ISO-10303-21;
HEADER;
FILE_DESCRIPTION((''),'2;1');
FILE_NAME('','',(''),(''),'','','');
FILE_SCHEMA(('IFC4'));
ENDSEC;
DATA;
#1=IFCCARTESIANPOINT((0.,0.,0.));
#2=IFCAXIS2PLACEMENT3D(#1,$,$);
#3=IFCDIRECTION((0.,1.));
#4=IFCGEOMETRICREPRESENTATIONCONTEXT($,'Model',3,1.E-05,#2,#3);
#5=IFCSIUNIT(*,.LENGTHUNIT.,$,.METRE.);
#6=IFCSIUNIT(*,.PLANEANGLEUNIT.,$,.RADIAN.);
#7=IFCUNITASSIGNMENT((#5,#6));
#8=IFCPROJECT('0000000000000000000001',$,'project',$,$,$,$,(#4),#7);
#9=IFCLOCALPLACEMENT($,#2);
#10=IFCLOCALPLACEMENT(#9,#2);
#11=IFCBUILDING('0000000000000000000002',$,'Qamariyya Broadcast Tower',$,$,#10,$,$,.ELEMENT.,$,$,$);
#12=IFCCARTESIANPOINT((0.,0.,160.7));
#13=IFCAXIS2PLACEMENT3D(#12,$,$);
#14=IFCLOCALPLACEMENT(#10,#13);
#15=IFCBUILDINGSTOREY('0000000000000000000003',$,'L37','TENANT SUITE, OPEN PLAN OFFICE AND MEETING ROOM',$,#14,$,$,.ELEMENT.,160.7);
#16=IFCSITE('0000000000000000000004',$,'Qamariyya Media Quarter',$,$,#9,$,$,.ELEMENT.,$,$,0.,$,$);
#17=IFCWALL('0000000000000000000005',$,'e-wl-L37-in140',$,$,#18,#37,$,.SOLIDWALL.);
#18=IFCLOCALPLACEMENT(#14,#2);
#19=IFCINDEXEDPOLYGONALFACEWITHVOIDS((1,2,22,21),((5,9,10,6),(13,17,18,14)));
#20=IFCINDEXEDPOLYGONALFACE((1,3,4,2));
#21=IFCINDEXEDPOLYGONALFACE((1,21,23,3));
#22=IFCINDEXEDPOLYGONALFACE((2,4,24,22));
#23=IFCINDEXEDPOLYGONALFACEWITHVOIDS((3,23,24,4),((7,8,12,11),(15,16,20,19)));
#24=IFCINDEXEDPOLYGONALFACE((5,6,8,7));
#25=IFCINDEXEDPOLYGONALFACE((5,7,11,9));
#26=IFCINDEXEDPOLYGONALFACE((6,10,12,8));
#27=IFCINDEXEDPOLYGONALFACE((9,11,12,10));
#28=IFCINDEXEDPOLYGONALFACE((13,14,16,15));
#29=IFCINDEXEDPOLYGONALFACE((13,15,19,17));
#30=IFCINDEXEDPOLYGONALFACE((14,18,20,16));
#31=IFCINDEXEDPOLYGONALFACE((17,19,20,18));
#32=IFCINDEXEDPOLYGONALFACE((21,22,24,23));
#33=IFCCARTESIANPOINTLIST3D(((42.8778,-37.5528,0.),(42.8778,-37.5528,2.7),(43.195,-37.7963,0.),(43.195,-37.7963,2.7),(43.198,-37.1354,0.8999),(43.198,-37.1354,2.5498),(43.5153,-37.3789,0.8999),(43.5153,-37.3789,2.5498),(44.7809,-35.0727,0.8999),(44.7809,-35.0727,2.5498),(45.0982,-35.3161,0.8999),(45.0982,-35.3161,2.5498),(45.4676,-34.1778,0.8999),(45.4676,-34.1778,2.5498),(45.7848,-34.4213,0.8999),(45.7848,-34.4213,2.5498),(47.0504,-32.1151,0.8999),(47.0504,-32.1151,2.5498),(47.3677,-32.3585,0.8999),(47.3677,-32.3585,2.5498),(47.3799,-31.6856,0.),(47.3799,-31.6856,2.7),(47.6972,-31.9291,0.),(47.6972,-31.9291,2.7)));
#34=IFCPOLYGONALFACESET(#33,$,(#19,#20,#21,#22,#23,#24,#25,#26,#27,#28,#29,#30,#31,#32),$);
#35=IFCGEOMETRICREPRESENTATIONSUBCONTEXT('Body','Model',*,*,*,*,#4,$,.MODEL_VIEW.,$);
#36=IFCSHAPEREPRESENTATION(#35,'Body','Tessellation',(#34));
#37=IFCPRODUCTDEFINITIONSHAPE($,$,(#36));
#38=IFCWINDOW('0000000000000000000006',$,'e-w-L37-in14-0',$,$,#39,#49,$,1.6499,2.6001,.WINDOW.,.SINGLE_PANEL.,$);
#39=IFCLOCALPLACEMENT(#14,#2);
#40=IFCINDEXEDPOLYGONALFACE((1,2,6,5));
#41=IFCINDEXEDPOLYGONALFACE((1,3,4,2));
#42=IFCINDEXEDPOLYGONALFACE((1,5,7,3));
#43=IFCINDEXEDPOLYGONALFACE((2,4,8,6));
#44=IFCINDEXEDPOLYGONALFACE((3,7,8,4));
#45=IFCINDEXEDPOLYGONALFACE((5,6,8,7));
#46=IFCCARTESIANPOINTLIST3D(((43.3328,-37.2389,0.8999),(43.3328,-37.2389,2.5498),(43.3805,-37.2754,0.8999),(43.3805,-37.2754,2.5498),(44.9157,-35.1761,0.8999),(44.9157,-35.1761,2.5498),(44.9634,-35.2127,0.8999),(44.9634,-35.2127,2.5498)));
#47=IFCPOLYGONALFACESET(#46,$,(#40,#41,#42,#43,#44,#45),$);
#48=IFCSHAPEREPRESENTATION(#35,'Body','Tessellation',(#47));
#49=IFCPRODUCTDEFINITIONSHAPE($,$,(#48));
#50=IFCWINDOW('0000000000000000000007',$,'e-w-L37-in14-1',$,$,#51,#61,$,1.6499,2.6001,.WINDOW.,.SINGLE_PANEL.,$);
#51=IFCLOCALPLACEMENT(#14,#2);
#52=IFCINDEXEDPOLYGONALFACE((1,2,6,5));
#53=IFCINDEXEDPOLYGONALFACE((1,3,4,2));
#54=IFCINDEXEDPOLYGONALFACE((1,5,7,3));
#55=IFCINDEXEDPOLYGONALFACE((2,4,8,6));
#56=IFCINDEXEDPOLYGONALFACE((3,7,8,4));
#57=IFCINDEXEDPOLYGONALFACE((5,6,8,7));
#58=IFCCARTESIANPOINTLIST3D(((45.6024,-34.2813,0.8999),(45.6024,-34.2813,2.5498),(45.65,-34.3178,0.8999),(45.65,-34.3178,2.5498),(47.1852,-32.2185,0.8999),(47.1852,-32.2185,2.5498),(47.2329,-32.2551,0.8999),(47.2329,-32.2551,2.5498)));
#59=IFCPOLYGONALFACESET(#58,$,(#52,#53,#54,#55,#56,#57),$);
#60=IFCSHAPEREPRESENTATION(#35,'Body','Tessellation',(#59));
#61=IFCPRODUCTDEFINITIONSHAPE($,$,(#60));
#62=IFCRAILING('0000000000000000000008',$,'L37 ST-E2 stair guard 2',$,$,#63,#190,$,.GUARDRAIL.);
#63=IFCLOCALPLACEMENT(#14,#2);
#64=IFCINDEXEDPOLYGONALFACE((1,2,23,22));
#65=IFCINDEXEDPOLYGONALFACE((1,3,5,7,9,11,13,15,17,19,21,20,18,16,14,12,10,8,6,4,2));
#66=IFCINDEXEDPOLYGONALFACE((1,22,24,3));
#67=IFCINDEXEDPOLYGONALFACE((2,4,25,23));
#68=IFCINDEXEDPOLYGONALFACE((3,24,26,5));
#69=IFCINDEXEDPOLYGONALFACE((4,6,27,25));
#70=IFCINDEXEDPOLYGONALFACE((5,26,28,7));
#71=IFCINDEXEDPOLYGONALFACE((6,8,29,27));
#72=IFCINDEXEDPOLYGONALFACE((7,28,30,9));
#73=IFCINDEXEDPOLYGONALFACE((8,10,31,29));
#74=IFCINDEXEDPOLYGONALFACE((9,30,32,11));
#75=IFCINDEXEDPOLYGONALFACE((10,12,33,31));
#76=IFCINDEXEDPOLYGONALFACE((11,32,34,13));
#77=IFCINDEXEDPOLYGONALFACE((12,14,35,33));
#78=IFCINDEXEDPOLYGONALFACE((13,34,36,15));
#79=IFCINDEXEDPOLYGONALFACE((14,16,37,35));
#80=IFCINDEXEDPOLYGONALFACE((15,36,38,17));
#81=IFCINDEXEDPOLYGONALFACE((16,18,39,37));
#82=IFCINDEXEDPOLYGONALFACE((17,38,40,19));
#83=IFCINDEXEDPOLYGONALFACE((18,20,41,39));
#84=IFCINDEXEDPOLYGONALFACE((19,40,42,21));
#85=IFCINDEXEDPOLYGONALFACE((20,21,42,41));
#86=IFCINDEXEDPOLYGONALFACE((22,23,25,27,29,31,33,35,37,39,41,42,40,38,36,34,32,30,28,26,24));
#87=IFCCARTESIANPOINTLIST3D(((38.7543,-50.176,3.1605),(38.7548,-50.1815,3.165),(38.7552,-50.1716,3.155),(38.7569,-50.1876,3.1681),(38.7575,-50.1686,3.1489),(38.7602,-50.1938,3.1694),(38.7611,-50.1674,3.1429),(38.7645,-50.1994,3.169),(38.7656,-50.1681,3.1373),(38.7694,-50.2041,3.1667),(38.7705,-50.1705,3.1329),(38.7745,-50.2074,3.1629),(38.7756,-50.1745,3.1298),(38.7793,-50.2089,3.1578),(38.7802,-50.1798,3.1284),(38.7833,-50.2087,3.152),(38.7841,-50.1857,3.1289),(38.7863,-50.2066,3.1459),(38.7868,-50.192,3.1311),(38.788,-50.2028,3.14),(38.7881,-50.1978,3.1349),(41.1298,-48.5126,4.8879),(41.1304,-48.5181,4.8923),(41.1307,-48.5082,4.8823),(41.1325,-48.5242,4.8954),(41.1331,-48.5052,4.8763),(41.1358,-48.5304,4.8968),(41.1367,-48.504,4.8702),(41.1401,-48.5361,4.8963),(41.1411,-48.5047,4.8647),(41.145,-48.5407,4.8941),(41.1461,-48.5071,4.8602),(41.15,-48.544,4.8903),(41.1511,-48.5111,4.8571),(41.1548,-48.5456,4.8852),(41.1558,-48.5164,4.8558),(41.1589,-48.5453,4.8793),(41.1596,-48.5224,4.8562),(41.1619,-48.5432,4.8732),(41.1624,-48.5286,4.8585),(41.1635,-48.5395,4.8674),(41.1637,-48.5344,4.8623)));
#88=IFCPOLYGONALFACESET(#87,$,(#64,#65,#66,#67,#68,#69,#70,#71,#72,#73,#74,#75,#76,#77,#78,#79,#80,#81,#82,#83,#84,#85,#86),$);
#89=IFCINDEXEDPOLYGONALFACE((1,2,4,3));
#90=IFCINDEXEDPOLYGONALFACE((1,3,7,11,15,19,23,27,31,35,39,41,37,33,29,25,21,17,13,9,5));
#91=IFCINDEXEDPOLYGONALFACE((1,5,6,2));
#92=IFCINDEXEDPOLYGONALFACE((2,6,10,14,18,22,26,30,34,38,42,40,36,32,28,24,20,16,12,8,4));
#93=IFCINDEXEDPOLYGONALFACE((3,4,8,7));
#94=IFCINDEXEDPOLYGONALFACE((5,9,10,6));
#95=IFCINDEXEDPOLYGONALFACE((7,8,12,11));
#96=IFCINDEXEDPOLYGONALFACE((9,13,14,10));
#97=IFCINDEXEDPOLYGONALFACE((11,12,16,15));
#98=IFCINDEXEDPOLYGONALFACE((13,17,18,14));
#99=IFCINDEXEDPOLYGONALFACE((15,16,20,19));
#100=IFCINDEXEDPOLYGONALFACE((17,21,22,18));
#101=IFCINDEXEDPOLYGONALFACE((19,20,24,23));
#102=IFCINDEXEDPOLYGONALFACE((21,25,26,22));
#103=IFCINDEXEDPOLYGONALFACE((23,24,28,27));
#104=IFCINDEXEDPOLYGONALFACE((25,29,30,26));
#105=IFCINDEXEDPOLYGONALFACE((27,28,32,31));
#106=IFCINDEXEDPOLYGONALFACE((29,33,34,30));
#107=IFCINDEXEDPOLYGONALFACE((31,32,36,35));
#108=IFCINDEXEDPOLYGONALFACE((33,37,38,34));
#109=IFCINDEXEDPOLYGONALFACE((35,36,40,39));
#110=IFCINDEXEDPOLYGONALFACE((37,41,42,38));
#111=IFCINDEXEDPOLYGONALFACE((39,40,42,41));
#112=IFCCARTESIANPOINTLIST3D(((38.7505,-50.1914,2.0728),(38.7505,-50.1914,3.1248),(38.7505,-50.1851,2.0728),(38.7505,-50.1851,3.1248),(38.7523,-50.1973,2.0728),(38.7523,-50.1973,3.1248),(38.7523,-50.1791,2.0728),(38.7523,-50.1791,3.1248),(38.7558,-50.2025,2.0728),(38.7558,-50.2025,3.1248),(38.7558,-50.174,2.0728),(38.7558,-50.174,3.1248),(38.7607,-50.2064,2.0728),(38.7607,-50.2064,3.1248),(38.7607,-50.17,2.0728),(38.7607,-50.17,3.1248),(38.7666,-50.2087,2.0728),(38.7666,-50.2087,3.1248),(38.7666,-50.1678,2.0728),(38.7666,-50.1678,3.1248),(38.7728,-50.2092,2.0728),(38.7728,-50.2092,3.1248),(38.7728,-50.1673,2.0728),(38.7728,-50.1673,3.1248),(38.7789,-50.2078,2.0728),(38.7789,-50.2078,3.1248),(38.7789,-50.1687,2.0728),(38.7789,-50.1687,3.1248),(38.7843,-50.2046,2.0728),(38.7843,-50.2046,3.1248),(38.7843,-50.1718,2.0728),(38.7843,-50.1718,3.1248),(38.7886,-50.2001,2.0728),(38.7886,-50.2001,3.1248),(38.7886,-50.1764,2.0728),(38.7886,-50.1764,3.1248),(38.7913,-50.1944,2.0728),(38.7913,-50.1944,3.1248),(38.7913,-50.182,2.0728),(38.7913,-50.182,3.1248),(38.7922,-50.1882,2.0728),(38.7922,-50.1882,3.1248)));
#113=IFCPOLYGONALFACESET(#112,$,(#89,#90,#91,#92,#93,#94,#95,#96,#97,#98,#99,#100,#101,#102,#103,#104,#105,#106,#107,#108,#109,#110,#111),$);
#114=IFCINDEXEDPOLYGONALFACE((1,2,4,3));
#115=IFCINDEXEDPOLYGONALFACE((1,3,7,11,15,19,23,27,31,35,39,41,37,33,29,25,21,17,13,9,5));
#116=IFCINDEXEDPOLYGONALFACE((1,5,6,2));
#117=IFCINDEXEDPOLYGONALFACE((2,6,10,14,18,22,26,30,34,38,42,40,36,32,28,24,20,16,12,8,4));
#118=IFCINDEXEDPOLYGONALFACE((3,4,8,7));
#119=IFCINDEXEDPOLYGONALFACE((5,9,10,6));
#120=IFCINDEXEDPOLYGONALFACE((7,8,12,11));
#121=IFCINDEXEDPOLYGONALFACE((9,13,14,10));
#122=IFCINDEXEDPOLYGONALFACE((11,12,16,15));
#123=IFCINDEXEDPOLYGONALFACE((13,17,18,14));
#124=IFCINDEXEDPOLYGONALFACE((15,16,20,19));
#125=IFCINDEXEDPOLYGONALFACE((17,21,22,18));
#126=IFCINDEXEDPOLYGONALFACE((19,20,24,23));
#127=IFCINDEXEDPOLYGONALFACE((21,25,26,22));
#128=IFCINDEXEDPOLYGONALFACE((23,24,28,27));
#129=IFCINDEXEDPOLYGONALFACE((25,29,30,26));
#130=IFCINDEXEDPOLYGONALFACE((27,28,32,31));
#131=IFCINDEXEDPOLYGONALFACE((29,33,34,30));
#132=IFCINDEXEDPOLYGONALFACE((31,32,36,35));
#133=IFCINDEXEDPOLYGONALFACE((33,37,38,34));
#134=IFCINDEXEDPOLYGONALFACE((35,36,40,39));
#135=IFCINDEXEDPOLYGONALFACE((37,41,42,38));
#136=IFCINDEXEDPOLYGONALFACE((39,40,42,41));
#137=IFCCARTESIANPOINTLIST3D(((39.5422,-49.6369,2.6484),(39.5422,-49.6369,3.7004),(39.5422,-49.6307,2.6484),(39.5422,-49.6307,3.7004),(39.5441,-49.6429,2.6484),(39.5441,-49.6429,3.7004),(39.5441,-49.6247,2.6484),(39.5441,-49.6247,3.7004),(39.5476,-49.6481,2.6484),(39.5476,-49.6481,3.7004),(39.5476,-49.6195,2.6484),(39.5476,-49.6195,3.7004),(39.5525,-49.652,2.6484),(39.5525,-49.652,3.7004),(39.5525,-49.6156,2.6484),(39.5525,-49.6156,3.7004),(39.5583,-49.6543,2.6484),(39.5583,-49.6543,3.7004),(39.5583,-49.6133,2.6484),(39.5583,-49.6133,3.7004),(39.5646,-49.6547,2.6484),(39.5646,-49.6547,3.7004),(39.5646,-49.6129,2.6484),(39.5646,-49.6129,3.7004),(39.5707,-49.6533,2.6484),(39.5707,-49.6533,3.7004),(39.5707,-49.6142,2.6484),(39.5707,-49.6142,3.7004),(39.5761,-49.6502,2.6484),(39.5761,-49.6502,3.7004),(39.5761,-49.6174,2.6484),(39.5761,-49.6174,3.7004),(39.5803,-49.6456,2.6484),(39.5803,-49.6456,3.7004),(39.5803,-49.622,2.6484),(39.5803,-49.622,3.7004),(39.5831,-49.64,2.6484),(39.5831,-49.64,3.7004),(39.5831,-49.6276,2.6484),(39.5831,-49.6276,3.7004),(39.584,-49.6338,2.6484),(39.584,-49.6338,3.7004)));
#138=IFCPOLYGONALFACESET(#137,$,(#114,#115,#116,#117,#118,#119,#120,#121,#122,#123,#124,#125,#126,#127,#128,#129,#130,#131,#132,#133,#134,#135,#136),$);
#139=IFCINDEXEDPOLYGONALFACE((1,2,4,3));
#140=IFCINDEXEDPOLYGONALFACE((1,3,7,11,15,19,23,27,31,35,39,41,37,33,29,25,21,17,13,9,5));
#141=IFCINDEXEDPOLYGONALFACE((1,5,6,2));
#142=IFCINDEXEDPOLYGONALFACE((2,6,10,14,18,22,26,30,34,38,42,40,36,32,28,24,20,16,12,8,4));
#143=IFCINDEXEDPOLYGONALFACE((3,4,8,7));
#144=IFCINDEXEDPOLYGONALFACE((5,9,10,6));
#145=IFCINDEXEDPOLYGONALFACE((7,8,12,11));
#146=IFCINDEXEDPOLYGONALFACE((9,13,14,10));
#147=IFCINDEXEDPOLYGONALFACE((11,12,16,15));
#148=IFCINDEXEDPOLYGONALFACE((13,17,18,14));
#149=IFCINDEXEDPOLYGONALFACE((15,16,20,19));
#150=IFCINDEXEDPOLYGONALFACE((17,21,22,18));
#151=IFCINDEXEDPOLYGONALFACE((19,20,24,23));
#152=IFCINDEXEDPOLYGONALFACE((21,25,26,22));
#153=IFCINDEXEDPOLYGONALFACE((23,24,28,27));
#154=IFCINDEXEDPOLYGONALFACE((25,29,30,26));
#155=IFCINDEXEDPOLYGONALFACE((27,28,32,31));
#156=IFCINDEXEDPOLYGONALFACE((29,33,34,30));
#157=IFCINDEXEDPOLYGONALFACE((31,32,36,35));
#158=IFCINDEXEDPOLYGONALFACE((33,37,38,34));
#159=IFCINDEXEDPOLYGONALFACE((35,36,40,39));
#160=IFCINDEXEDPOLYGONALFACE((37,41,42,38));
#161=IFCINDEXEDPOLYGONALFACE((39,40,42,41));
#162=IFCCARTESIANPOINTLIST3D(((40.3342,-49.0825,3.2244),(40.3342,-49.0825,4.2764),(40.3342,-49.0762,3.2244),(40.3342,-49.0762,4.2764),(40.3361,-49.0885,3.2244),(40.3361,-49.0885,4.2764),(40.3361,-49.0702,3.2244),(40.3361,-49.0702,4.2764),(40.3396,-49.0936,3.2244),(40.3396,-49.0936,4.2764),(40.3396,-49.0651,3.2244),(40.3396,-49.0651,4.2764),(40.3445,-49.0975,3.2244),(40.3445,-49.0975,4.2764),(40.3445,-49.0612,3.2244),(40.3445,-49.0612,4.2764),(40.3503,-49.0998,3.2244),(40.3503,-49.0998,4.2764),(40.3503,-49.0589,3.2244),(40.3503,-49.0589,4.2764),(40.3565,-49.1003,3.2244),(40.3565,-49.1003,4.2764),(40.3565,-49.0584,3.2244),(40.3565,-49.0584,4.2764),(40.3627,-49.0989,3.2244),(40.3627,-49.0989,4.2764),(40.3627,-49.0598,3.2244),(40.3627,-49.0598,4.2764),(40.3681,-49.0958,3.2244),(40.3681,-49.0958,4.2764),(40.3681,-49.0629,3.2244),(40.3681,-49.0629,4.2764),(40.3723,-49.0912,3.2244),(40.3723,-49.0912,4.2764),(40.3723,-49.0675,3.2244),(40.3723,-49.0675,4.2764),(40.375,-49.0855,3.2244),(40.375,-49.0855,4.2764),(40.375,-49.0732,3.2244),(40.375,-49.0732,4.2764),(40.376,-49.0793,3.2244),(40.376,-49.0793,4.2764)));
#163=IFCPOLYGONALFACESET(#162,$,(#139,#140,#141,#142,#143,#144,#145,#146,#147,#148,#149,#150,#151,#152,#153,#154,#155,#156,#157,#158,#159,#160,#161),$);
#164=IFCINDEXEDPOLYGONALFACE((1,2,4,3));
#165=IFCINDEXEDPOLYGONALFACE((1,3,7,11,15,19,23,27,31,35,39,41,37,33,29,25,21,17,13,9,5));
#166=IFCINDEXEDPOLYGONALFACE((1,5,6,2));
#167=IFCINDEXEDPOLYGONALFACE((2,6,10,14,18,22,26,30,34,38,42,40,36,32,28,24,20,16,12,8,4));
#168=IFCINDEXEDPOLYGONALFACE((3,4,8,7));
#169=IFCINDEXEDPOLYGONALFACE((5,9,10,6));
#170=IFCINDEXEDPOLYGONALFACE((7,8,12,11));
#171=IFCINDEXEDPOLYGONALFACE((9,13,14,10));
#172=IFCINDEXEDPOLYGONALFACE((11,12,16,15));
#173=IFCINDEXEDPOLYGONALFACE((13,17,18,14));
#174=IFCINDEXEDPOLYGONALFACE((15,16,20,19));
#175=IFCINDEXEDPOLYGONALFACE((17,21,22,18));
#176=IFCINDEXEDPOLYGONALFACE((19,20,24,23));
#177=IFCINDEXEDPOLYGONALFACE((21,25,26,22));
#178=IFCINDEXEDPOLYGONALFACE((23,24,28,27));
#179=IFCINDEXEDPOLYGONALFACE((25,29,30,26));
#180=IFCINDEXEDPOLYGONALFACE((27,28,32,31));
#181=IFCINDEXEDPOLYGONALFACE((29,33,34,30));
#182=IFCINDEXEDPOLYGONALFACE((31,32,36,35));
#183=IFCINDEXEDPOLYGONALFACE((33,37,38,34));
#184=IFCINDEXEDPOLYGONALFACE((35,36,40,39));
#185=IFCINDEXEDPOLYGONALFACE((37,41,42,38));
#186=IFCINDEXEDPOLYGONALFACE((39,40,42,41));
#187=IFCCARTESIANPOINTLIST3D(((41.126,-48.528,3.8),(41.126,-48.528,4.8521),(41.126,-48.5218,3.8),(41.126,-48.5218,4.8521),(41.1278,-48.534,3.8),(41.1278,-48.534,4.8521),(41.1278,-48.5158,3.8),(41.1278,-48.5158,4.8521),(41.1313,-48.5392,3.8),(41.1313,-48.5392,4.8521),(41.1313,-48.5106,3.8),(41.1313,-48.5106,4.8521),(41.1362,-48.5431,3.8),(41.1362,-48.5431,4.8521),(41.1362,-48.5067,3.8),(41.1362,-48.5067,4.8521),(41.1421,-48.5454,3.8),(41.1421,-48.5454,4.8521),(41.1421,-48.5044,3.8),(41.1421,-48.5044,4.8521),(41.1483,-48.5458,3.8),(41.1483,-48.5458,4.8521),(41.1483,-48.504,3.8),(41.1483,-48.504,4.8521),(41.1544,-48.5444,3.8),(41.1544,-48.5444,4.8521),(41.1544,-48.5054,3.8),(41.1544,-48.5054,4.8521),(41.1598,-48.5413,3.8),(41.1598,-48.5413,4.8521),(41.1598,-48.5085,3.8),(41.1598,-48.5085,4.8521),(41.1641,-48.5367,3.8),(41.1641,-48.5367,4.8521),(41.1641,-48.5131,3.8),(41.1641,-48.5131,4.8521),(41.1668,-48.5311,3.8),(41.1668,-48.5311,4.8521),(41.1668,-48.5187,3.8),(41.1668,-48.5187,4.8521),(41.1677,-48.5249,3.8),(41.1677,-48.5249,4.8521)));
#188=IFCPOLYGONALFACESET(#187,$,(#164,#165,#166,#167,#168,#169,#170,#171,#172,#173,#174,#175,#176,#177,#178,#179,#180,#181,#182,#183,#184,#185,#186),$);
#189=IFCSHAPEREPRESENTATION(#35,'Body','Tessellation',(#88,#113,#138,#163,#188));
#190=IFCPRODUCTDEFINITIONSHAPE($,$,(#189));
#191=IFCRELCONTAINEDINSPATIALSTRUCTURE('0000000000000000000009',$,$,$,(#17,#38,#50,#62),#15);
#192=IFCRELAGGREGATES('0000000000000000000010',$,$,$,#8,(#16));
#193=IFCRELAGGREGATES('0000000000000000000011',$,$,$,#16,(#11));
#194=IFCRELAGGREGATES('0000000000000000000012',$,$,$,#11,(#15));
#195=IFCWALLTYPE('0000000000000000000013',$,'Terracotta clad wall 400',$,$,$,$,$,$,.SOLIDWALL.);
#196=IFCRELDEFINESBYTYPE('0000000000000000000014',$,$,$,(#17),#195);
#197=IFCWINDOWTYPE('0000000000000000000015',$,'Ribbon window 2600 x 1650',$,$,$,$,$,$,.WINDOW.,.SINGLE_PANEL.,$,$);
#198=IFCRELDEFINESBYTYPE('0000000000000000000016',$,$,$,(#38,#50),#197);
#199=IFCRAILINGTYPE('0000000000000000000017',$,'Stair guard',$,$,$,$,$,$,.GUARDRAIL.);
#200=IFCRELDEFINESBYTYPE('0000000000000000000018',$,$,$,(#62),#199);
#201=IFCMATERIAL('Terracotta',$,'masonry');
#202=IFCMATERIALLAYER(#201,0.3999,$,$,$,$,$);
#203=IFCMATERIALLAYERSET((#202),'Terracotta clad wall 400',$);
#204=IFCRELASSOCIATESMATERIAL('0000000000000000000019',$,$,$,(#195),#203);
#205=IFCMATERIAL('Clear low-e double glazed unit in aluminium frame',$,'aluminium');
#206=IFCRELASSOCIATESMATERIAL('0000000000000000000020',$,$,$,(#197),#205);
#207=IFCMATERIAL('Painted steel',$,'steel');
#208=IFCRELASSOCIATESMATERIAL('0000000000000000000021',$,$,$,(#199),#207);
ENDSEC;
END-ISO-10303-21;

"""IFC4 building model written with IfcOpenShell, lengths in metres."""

from ifc_helpers import new_model, si_unit, direction, frame, frame_2d, origin, origin_2d, place, context, subcontext, project, spatial, rectangle, circle, extrude, material, layer, layer_set, type_object, element, fill, save


model = new_model("IFC4")

# Units and contexts
model_context = context("Model", 3, precision=1e-05, world=origin(), true_north=direction((0.0, 1.0)))
body_context = subcontext(model_context, "Body", "Model", "MODEL_VIEW")
ifc_project = project(units=[si_unit("LENGTHUNIT", "METRE"), si_unit("PLANEANGLEUNIT", "RADIAN")], contexts=[model_context])

# Site, building, storey
site_placement = place(None, origin())
site = spatial("IfcSite", under=ifc_project, at=site_placement, Name="Qamariyya Media Quarter", CompositionType="ELEMENT", RefElevation=0.0)
building_placement = place(site_placement, origin())
building = spatial("IfcBuilding", under=site, at=building_placement, Name="Qamariyya Broadcast Tower", CompositionType="ELEMENT")
storey_placement = place(building_placement, frame((0.0, 0.0, 160.7)))
storey = spatial("IfcBuildingStorey", under=building, at=storey_placement, Name="L37", Description="TENANT SUITE, OPEN PLAN OFFICE AND MEETING ROOM", CompositionType="ELEMENT", Elevation=160.7)

# Wall, openings, windows
ifc_material_1 = material(Name="Terracotta", Category="masonry")
ifc_layer_1 = layer(ifc_material_1, 0.3999)
ifc_layer_set_1 = layer_set([ifc_layer_1], Name="Terracotta clad wall 400")
wall_type_1 = type_object("IfcWallType", Name="Terracotta clad wall 400", PredefinedType="SOLIDWALL", material=ifc_layer_set_1)
ifc_material_2 = material(Name="Clear low-e double glazed unit in aluminium frame", Category="aluminium")
window_type = type_object("IfcWindowType", Name="Ribbon window 2600 x 1650", PartitioningType="SINGLE_PANEL", PredefinedType="WINDOW", material=ifc_material_2)
wall_1_placement = place(storey_placement, frame((47.5386, -31.8074, 0.0), z_axis=(0.0, 0.0, 1.0), x_axis=(-0.608774, -0.793344, 0.0)))
wall_1 = element("IfcWall", 1, at=wall_1_placement, inside=storey, type_object=wall_type_1, Name="e-wl-L37-in140", PredefinedType="SOLIDWALL", context=body_context, shape_type="SweptSolid", body=[
    extrude(rectangle(XDim=7.3955, YDim=0.3999, at=frame_2d((3.6978, 0.0))), origin(), (0.0, 0.0, 1.0), 2.7),
])
opening_1_placement = place(wall_1_placement, frame((4.2693, 0.0, 0.8999)))
opening_1 = element("IfcOpeningElement", 2, at=opening_1_placement, cuts=wall_1, PredefinedType="OPENING", context=body_context, shape_type="SweptSolid", body=[
    extrude(rectangle(XDim=2.6001, YDim=1.6499, at=frame_2d((1.3, 0.825))), frame((0.0, 0.21, 0.0), z_axis=(0.0, -1.0, 0.0), x_axis=(1.0, 0.0, 0.0)), (0.0, 0.0, 1.0), 0.4199),
])
opening_2_placement = place(wall_1_placement, frame((0.5413, 0.0, 0.8999)))
opening_2 = element("IfcOpeningElement", 3, at=opening_2_placement, cuts=wall_1, PredefinedType="OPENING", context=body_context, shape_type="SweptSolid", body=[
    extrude(rectangle(XDim=2.6001, YDim=1.6499, at=frame_2d((1.3, 0.825))), frame((0.0, 0.21, 0.0), z_axis=(0.0, -1.0, 0.0), x_axis=(1.0, 0.0, 0.0)), (0.0, 0.0, 1.0), 0.4199),
])
window_1_placement = place(opening_1_placement, origin())
window_1 = element("IfcWindow", 4, at=window_1_placement, inside=storey, type_object=window_type, Name="e-w-L37-in14-0", OverallHeight=1.6499, OverallWidth=2.6001, PartitioningType="SINGLE_PANEL", PredefinedType="WINDOW", context=body_context, shape_type="SweptSolid", body=[
    extrude(rectangle(XDim=2.6001, YDim=1.6499, at=frame_2d((1.3, 0.825))), frame((0.0, 0.03, 0.0), z_axis=(0.0, -1.0, 0.0), x_axis=(1.0, 0.0, 0.0)), (0.0, 0.0, 1.0), 0.0601),
])
fill(opening_1, window_1)
window_2_placement = place(opening_2_placement, origin())
window_2 = element("IfcWindow", 5, at=window_2_placement, inside=storey, type_object=window_type, Name="e-w-L37-in14-1", OverallHeight=1.6499, OverallWidth=2.6001, PartitioningType="SINGLE_PANEL", PredefinedType="WINDOW", context=body_context, shape_type="SweptSolid", body=[
    extrude(rectangle(XDim=2.6001, YDim=1.6499, at=frame_2d((1.3, 0.825))), frame((0.0, 0.03, 0.0), z_axis=(0.0, -1.0, 0.0), x_axis=(1.0, 0.0, 0.0)), (0.0, 0.0, 1.0), 0.0601),
])
fill(opening_2, window_2)

# Railing
ifc_material_3 = material(Name="Painted steel", Category="steel")
railing_type_1 = type_object("IfcRailingType", Name="Stair guard", PredefinedType="GUARDRAIL", material=ifc_material_3)
railing_1_placement = place(storey_placement, frame((38.7712, -50.1882, 2.0728)))
element("IfcRailing", 6, at=railing_1_placement, inside=storey, type_object=railing_type_1, Name="L37 ST-E2 stair guard 2", PredefinedType="GUARDRAIL", context=body_context, shape_type="SweptSolid", body=[
    extrude(circle(Radius=0.0239, at=origin_2d()), frame((0.0, 0.0, 1.0762), z_axis=(0.70377, 0.492784, 0.511734), x_axis=(-0.573575, 0.819153, 0.0)), (0.0, 0.0, 1.0), 3.3755),
    extrude(circle(Radius=0.021, at=origin_2d()), origin(), (0.0, 0.0, 1.0), 1.052),
    extrude(circle(Radius=0.021, at=origin_2d()), frame((0.7917, 0.5544, 0.5757)), (0.0, 0.0, 1.0), 1.052),
    extrude(circle(Radius=0.021, at=origin_2d()), frame((1.5837, 1.1089, 1.1516)), (0.0, 0.0, 1.0), 1.052),
    extrude(circle(Radius=0.021, at=origin_2d()), frame((2.3755, 1.6633, 1.7273)), (0.0, 0.0, 1.0), 1.052),
])

save(model, "model.ifc")
